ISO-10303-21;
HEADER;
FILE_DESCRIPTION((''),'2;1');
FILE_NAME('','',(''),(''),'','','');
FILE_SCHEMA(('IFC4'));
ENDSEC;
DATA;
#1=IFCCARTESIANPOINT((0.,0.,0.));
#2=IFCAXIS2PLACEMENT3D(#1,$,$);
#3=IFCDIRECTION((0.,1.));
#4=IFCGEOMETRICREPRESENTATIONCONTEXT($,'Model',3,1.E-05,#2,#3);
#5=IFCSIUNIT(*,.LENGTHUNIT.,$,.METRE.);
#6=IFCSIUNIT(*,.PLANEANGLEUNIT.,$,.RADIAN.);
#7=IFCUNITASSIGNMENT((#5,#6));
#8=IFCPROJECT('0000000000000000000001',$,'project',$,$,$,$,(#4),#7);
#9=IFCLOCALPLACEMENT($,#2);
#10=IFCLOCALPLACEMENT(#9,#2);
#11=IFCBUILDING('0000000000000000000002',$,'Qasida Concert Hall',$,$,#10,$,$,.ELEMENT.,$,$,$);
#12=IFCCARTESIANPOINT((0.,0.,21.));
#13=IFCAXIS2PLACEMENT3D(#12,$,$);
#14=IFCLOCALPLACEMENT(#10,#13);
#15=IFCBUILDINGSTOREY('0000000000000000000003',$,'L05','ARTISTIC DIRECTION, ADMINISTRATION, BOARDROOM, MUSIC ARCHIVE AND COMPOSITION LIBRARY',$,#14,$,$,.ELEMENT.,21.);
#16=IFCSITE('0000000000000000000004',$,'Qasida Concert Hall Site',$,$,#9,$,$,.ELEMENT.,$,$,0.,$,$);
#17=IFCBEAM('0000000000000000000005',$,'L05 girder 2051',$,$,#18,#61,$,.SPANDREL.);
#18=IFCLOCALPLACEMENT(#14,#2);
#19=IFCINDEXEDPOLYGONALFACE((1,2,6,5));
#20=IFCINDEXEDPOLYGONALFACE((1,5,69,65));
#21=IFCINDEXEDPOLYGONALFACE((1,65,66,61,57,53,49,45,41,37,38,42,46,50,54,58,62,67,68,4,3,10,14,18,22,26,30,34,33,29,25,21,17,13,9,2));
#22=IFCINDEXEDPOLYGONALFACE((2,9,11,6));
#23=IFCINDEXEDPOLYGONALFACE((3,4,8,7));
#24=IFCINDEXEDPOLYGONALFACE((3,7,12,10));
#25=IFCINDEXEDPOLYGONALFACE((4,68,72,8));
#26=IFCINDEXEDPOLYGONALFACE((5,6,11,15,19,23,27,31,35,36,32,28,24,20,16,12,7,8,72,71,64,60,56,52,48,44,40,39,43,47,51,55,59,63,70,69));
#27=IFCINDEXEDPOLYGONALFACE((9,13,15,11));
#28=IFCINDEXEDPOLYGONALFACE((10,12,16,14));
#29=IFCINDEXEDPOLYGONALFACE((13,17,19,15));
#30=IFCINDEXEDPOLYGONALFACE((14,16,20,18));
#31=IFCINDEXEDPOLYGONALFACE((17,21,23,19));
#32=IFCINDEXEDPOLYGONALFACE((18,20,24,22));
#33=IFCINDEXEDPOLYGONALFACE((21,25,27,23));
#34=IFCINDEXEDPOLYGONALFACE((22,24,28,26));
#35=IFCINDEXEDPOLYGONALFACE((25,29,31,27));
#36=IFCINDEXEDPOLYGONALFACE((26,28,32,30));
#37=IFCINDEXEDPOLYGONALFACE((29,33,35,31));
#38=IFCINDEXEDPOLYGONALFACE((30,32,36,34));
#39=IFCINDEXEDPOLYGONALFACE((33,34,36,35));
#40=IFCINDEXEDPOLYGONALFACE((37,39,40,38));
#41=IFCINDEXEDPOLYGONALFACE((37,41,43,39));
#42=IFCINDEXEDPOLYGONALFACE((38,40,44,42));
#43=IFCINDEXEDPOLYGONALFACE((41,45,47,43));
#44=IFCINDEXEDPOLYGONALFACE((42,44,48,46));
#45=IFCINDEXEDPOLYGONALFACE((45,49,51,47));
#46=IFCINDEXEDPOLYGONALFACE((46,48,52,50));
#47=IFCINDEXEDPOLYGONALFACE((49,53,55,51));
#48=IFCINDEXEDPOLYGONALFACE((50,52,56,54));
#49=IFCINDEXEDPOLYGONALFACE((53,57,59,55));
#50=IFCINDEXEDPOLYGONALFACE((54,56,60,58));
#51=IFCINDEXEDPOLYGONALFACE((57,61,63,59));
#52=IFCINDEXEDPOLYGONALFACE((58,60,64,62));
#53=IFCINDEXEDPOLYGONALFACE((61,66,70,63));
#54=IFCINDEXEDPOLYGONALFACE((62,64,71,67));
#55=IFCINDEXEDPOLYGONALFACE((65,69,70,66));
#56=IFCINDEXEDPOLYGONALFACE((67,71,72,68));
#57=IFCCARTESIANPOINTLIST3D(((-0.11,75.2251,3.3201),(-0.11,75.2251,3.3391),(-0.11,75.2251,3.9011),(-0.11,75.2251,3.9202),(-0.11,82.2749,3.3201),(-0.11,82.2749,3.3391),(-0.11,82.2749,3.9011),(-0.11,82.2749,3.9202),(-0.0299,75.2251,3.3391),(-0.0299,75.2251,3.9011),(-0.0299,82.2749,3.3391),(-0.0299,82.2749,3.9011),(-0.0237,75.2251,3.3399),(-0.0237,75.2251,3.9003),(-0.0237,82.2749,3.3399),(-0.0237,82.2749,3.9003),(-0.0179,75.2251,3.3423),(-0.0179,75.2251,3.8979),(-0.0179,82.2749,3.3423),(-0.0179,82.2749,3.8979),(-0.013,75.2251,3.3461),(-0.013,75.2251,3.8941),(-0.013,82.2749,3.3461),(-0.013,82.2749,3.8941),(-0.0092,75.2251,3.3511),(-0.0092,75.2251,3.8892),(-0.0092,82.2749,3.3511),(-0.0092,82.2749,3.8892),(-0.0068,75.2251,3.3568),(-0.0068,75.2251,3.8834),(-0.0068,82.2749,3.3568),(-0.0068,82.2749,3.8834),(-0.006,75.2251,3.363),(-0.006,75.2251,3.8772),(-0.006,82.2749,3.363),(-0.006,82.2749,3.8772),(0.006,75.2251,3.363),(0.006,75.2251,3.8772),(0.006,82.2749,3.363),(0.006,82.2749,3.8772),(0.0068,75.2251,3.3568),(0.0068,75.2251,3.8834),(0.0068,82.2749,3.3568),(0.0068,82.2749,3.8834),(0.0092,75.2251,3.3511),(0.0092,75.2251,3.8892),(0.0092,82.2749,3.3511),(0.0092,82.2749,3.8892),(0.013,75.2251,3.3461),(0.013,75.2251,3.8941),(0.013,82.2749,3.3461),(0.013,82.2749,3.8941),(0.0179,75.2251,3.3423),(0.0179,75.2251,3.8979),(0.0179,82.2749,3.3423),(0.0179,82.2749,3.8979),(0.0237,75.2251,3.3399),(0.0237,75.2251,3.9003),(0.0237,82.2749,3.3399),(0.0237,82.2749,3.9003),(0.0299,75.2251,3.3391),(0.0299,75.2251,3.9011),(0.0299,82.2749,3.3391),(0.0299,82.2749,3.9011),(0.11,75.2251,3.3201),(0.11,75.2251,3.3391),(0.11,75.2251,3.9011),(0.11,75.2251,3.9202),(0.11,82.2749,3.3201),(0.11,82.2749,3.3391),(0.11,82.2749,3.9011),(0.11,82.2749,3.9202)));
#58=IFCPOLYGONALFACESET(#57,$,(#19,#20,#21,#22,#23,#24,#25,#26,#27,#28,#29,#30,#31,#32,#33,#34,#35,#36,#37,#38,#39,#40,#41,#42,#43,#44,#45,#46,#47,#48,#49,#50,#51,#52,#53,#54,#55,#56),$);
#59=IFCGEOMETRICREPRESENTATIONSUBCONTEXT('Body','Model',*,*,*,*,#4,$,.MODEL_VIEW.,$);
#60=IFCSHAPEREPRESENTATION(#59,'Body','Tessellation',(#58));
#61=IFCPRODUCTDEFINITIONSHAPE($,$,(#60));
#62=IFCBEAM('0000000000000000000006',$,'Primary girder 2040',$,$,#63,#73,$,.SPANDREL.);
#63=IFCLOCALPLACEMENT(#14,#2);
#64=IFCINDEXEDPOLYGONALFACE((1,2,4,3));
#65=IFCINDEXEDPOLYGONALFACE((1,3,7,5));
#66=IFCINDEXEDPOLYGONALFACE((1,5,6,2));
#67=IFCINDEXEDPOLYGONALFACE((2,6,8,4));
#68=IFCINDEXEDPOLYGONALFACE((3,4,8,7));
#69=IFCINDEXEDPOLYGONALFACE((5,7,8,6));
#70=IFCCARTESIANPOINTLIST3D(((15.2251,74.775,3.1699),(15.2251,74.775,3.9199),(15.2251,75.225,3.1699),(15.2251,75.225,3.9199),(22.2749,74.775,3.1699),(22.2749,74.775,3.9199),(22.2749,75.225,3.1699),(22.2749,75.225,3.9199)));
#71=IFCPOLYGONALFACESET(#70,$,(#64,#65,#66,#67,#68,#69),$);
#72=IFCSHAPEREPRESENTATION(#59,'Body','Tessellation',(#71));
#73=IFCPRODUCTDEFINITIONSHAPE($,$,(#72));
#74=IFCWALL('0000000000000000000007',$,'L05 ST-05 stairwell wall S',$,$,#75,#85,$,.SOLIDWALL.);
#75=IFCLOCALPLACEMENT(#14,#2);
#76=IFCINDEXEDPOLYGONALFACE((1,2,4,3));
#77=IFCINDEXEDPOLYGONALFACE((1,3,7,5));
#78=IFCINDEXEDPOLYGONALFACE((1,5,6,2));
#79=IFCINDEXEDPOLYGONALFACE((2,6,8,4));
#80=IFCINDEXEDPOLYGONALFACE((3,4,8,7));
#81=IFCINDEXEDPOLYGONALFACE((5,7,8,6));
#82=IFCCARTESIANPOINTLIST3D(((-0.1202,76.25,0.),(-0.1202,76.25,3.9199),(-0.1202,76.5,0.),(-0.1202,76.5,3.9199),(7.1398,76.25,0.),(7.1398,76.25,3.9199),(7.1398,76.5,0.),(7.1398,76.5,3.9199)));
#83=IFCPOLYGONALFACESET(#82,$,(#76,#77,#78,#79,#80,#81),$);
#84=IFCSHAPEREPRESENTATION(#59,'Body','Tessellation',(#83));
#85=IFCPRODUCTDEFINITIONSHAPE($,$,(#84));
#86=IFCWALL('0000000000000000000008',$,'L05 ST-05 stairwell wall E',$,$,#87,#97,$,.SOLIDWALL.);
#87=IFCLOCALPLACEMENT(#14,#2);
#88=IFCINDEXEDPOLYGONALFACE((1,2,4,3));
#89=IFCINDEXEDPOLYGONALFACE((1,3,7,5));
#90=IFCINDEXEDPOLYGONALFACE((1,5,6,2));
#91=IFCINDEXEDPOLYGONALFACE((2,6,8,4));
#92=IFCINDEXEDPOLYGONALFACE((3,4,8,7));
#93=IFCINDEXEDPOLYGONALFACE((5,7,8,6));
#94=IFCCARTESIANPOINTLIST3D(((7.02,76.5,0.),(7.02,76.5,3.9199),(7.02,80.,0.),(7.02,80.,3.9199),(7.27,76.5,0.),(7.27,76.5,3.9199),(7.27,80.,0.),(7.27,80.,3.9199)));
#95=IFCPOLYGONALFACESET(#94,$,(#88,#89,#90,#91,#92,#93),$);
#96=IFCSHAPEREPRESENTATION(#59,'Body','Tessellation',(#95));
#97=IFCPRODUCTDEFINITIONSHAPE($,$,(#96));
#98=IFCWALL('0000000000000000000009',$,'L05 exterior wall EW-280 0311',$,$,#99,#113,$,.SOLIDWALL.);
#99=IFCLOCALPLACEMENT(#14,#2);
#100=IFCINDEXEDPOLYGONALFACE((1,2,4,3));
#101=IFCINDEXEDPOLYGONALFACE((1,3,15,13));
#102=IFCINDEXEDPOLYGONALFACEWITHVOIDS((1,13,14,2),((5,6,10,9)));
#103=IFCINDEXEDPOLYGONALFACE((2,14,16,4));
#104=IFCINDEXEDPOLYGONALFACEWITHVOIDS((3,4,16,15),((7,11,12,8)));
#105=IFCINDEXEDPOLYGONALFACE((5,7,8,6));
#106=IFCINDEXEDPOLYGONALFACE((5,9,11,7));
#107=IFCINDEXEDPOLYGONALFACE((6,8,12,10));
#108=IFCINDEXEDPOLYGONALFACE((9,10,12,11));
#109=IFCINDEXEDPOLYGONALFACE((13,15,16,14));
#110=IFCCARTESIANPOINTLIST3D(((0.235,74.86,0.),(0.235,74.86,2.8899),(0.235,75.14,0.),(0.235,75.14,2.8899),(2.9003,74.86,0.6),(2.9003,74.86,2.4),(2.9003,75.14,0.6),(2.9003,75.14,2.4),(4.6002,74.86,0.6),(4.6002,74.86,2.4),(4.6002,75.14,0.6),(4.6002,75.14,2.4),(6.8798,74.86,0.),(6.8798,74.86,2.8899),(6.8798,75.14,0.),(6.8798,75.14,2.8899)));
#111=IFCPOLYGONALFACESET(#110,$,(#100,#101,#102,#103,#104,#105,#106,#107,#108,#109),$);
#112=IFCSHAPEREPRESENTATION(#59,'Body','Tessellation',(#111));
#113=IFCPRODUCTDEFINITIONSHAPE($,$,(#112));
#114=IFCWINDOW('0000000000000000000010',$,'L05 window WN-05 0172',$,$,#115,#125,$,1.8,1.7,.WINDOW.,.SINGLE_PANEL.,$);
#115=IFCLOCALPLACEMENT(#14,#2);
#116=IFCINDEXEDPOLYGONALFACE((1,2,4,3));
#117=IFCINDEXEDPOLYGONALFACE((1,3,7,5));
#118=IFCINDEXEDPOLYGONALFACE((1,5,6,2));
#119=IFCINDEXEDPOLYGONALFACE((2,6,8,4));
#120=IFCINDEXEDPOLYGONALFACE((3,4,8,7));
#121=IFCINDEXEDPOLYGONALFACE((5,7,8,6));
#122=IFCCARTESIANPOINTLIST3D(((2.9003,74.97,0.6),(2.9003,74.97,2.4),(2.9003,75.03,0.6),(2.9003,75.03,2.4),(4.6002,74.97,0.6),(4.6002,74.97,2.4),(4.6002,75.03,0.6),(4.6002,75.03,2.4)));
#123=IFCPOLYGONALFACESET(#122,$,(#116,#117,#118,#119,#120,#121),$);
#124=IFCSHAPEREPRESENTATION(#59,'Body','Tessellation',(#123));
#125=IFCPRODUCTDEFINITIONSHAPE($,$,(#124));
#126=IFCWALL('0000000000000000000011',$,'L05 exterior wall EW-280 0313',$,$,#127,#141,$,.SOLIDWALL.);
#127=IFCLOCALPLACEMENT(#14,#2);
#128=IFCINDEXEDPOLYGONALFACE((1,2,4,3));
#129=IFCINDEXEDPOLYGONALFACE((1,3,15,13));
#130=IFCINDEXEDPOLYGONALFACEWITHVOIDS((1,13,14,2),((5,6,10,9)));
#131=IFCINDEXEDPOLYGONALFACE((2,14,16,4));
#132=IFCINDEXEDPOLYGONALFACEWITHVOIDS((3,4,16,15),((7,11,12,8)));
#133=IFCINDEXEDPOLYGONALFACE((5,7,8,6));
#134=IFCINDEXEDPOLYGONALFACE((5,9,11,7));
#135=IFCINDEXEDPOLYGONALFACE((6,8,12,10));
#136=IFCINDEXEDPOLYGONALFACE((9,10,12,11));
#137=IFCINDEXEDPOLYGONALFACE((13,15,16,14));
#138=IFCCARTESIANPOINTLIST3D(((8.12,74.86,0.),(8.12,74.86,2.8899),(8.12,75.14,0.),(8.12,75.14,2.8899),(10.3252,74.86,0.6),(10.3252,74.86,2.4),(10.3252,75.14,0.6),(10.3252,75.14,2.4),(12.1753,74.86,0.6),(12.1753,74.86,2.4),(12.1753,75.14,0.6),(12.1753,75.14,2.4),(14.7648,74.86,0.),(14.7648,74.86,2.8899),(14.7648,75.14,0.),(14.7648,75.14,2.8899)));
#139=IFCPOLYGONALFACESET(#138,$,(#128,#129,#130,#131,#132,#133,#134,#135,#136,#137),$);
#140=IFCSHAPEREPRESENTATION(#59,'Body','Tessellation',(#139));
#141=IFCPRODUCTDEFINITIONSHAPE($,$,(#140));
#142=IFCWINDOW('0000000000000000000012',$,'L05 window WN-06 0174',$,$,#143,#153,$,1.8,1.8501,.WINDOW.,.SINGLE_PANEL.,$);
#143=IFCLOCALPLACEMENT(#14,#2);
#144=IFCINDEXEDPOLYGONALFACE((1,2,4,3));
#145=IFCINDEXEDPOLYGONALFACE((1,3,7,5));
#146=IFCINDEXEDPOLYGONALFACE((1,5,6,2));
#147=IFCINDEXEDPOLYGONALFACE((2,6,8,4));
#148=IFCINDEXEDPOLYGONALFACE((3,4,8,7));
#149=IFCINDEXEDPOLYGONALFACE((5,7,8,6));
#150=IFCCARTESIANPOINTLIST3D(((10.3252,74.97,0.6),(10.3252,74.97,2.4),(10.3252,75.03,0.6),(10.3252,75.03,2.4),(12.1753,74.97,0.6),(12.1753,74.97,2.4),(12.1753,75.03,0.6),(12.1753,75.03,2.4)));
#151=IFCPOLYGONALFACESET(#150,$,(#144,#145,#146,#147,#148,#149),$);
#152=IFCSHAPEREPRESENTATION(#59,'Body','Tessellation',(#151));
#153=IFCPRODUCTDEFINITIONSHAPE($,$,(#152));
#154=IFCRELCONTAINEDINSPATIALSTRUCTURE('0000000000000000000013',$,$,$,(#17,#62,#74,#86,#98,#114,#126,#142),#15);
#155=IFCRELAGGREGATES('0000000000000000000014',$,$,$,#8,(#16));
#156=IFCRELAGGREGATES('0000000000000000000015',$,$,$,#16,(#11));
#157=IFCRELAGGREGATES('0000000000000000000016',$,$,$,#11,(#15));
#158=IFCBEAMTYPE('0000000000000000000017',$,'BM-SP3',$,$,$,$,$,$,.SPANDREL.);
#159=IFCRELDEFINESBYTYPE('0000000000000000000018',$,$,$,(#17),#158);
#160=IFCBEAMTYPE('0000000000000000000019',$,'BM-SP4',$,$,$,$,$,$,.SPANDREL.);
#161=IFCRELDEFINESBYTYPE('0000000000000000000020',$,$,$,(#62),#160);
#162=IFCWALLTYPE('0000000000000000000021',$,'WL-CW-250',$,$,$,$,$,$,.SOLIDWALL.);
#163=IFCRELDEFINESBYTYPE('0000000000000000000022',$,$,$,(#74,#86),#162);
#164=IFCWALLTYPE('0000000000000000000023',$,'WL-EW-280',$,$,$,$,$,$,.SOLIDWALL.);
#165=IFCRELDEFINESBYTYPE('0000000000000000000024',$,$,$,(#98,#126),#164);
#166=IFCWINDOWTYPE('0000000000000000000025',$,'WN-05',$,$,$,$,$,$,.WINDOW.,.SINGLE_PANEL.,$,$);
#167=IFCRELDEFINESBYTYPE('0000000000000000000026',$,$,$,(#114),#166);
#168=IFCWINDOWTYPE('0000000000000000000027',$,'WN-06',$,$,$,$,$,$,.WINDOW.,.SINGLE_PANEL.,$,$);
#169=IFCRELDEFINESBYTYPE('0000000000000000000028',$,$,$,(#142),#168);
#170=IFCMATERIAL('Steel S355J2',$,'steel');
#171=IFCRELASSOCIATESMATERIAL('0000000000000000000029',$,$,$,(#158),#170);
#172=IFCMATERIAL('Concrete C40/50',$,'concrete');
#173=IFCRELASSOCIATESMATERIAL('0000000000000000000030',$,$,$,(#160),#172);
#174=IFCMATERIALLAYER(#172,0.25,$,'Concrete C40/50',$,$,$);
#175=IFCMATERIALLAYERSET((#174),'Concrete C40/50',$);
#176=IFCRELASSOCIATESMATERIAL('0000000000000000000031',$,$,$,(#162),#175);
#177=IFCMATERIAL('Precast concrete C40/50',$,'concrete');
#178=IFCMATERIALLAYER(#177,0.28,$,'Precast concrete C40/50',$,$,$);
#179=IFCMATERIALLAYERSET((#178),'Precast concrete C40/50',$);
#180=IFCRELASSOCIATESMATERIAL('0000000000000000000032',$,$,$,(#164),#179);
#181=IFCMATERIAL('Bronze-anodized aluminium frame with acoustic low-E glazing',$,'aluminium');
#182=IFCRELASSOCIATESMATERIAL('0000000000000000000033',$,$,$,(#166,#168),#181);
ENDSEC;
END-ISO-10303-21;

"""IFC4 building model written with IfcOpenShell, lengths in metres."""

from ifc_helpers import new_model, si_unit, direction, frame, frame_2d, origin, origin_2d, place, context, subcontext, project, spatial, rectangle, i_section, extrude, material, layer, layer_set, material_profile, profile_set, type_object, element, fill, save


model = new_model("IFC4")

# Units and contexts
model_context = context("Model", 3, precision=1e-05, world=origin(), true_north=direction((0.0, 1.0)))
body_context = subcontext(model_context, "Body", "Model", "MODEL_VIEW")
ifc_project = project(units=[si_unit("LENGTHUNIT", "METRE"), si_unit("PLANEANGLEUNIT", "RADIAN")], contexts=[model_context])

# Site, building, storey
site_placement = place(None, origin())
site = spatial("IfcSite", under=ifc_project, at=site_placement, Name="Qasida Concert Hall Site", CompositionType="ELEMENT", RefElevation=0.0)
building_placement = place(site_placement, origin())
building = spatial("IfcBuilding", under=site, at=building_placement, Name="Qasida Concert Hall", CompositionType="ELEMENT")
storey_placement = place(building_placement, frame((0.0, 0.0, 21.0)))
storey = spatial("IfcBuildingStorey", under=building, at=storey_placement, Name="L05", Description="ARTISTIC DIRECTION, ADMINISTRATION, BOARDROOM, MUSIC ARCHIVE AND COMPOSITION LIBRARY", CompositionType="ELEMENT", Elevation=21.0)

# Beams
ifc_material_1 = material(Name="Concrete C40/50", Category="concrete")
ifc_material_2 = material(Name="Steel S355J2", Category="steel")
ifc_material_profile_1 = material_profile(ifc_material_2, i_section(OverallWidth=0.22, OverallDepth=0.6001, WebThickness=0.012, FlangeThickness=0.019, FilletRadius=0.0239, at=origin_2d()), Name="IPE 600")
ifc_profile_set_1 = profile_set([ifc_material_profile_1], Name="Steel S355J2")
beam_type_1 = type_object("IfcBeamType", Name="BM-SP3", PredefinedType="SPANDREL", material=ifc_profile_set_1)
beam_1_placement = place(storey_placement, frame((0.0, 75.2251, 3.6201), z_axis=(0.0, 1.0, 0.0), x_axis=(-1.0, 0.0, 0.0)))
element("IfcBeam", 1, at=beam_1_placement, inside=storey, type_object=beam_type_1, Name="L05 girder 2051", PredefinedType="SPANDREL", context=body_context, shape_type="SweptSolid", body=[
    extrude(i_section(OverallWidth=0.22, OverallDepth=0.6001, WebThickness=0.012, FlangeThickness=0.019, FilletRadius=0.0239, at=origin_2d()), origin(), (0.0, 0.0, 1.0), 7.0498),
])
ifc_material_profile_2 = material_profile(ifc_material_1, rectangle(XDim=0.45, YDim=0.75, at=origin_2d()), Name="RC 450x750")
ifc_profile_set_2 = profile_set([ifc_material_profile_2], Name="Concrete C40/50")
beam_type_2 = type_object("IfcBeamType", Name="BM-SP4", PredefinedType="SPANDREL", material=ifc_profile_set_2)
beam_2_placement = place(storey_placement, frame((15.2251, 75.0, 3.5449), z_axis=(1.0, 0.0, 0.0), x_axis=(0.0, 1.0, 0.0)))
element("IfcBeam", 2, at=beam_2_placement, inside=storey, type_object=beam_type_2, Name="Primary girder 2040", PredefinedType="SPANDREL", context=body_context, shape_type="SweptSolid", body=[
    extrude(rectangle(XDim=0.45, YDim=0.75, at=origin_2d()), origin(), (0.0, 0.0, 1.0), 7.0498),
])

# Walls
ifc_layer_1 = layer(ifc_material_1, 0.25, Name="Concrete C40/50")
ifc_layer_set_1 = layer_set([ifc_layer_1], Name="Concrete C40/50")
wall_type_1 = type_object("IfcWallType", Name="WL-CW-250", PredefinedType="SOLIDWALL", material=ifc_layer_set_1)
wall_1_placement = place(storey_placement, frame((-0.1201, 76.375, 0.0), z_axis=(0.0, 0.0, 1.0), x_axis=(1.0, 0.0, 0.0)))
element("IfcWall", 3, at=wall_1_placement, inside=storey, type_object=wall_type_1, Name="L05 ST-05 stairwell wall S", PredefinedType="SOLIDWALL", context=body_context, shape_type="SweptSolid", body=[
    extrude(rectangle(XDim=7.26, YDim=0.25, at=frame_2d((3.6299, 0.0))), origin(), (0.0, 0.0, 1.0), 3.9199),
])
wall_2_placement = place(storey_placement, frame((7.145, 76.5, 0.0), z_axis=(0.0, 0.0, 1.0), x_axis=(0.0, 1.0, 0.0)))
element("IfcWall", 4, at=wall_2_placement, inside=storey, type_object=wall_type_1, Name="L05 ST-05 stairwell wall E", PredefinedType="SOLIDWALL", context=body_context, shape_type="SweptSolid", body=[
    extrude(rectangle(XDim=3.5, YDim=0.25, at=frame_2d((1.75, 0.0))), origin(), (0.0, 0.0, 1.0), 3.9199),
])

# Walls, openings, windows
ifc_material_3 = material(Name="Precast concrete C40/50", Category="concrete")
ifc_layer_2 = layer(ifc_material_3, 0.28, Name="Precast concrete C40/50")
ifc_layer_set_2 = layer_set([ifc_layer_2], Name="Precast concrete C40/50")
wall_type_2 = type_object("IfcWallType", Name="WL-EW-280", PredefinedType="SOLIDWALL", material=ifc_layer_set_2)
wall_3_placement = place(storey_placement, frame((0.2351, 75.0, 0.0), z_axis=(0.0, 0.0, 1.0), x_axis=(1.0, 0.0, 0.0)))
wall_3 = element("IfcWall", 5, at=wall_3_placement, inside=storey, type_object=wall_type_2, Name="L05 exterior wall EW-280 0311", PredefinedType="SOLIDWALL", context=body_context, shape_type="SweptSolid", body=[
    extrude(rectangle(XDim=6.6448, YDim=0.28, at=frame_2d((3.3223, 0.0))), origin(), (0.0, 0.0, 1.0), 2.8899),
])
opening_1_placement = place(wall_3_placement, frame((2.665, 0.0, 0.6001)))
opening_1 = element("IfcOpeningElement", 6, at=opening_1_placement, cuts=wall_3, PredefinedType="OPENING", context=body_context, shape_type="SweptSolid", body=[
    extrude(rectangle(XDim=1.7, YDim=1.8, at=frame_2d((0.8501, 0.8999))), frame((0.0, 0.1499, 0.0), z_axis=(0.0, -1.0, 0.0), x_axis=(1.0, 0.0, 0.0)), (0.0, 0.0, 1.0), 0.3),
])
ifc_material_4 = material(Name="Bronze-anodized aluminium frame with acoustic low-E glazing", Category="aluminium")
window_type_1 = type_object("IfcWindowType", Name="WN-05", PartitioningType="SINGLE_PANEL", PredefinedType="WINDOW", material=ifc_material_4)
window_1_placement = place(opening_1_placement, origin())
window_1 = element("IfcWindow", 7, at=window_1_placement, inside=storey, type_object=window_type_1, Name="L05 window WN-05 0172", OverallHeight=1.8, OverallWidth=1.7, PartitioningType="SINGLE_PANEL", PredefinedType="WINDOW", context=body_context, shape_type="SweptSolid", body=[
    extrude(rectangle(XDim=1.7, YDim=1.8, at=frame_2d((0.8501, 0.8999))), frame((0.0, 0.03, 0.0), z_axis=(0.0, -1.0, 0.0), x_axis=(1.0, 0.0, 0.0)), (0.0, 0.0, 1.0), 0.0601),
])
fill(opening_1, window_1)
wall_4_placement = place(storey_placement, frame((8.1201, 75.0, 0.0), z_axis=(0.0, 0.0, 1.0), x_axis=(1.0, 0.0, 0.0)))
wall_4 = element("IfcWall", 8, at=wall_4_placement, inside=storey, type_object=wall_type_2, Name="L05 exterior wall EW-280 0313", PredefinedType="SOLIDWALL", context=body_context, shape_type="SweptSolid", body=[
    extrude(rectangle(XDim=6.6448, YDim=0.28, at=frame_2d((3.3223, 0.0))), origin(), (0.0, 0.0, 1.0), 2.8899),
])
opening_2_placement = place(wall_4_placement, frame((2.2051, 0.0, 0.6001)))
opening_2 = element("IfcOpeningElement", 9, at=opening_2_placement, cuts=wall_4, PredefinedType="OPENING", context=body_context, shape_type="SweptSolid", body=[
    extrude(rectangle(XDim=1.8501, YDim=1.8, at=frame_2d((0.925, 0.8999))), frame((0.0, 0.1499, 0.0), z_axis=(0.0, -1.0, 0.0), x_axis=(1.0, 0.0, 0.0)), (0.0, 0.0, 1.0), 0.3),
])
window_type_2 = type_object("IfcWindowType", Name="WN-06", PartitioningType="SINGLE_PANEL", PredefinedType="WINDOW", material=ifc_material_4)
window_2_placement = place(opening_2_placement, origin())
window_2 = element("IfcWindow", 10, at=window_2_placement, inside=storey, type_object=window_type_2, Name="L05 window WN-06 0174", OverallHeight=1.8, OverallWidth=1.8501, PartitioningType="SINGLE_PANEL", PredefinedType="WINDOW", context=body_context, shape_type="SweptSolid", body=[
    extrude(rectangle(XDim=1.8501, YDim=1.8, at=frame_2d((0.925, 0.8999))), frame((0.0, 0.03, 0.0), z_axis=(0.0, -1.0, 0.0), x_axis=(1.0, 0.0, 0.0)), (0.0, 0.0, 1.0), 0.0601),
])
fill(opening_2, window_2)

save(model, "model.ifc")
